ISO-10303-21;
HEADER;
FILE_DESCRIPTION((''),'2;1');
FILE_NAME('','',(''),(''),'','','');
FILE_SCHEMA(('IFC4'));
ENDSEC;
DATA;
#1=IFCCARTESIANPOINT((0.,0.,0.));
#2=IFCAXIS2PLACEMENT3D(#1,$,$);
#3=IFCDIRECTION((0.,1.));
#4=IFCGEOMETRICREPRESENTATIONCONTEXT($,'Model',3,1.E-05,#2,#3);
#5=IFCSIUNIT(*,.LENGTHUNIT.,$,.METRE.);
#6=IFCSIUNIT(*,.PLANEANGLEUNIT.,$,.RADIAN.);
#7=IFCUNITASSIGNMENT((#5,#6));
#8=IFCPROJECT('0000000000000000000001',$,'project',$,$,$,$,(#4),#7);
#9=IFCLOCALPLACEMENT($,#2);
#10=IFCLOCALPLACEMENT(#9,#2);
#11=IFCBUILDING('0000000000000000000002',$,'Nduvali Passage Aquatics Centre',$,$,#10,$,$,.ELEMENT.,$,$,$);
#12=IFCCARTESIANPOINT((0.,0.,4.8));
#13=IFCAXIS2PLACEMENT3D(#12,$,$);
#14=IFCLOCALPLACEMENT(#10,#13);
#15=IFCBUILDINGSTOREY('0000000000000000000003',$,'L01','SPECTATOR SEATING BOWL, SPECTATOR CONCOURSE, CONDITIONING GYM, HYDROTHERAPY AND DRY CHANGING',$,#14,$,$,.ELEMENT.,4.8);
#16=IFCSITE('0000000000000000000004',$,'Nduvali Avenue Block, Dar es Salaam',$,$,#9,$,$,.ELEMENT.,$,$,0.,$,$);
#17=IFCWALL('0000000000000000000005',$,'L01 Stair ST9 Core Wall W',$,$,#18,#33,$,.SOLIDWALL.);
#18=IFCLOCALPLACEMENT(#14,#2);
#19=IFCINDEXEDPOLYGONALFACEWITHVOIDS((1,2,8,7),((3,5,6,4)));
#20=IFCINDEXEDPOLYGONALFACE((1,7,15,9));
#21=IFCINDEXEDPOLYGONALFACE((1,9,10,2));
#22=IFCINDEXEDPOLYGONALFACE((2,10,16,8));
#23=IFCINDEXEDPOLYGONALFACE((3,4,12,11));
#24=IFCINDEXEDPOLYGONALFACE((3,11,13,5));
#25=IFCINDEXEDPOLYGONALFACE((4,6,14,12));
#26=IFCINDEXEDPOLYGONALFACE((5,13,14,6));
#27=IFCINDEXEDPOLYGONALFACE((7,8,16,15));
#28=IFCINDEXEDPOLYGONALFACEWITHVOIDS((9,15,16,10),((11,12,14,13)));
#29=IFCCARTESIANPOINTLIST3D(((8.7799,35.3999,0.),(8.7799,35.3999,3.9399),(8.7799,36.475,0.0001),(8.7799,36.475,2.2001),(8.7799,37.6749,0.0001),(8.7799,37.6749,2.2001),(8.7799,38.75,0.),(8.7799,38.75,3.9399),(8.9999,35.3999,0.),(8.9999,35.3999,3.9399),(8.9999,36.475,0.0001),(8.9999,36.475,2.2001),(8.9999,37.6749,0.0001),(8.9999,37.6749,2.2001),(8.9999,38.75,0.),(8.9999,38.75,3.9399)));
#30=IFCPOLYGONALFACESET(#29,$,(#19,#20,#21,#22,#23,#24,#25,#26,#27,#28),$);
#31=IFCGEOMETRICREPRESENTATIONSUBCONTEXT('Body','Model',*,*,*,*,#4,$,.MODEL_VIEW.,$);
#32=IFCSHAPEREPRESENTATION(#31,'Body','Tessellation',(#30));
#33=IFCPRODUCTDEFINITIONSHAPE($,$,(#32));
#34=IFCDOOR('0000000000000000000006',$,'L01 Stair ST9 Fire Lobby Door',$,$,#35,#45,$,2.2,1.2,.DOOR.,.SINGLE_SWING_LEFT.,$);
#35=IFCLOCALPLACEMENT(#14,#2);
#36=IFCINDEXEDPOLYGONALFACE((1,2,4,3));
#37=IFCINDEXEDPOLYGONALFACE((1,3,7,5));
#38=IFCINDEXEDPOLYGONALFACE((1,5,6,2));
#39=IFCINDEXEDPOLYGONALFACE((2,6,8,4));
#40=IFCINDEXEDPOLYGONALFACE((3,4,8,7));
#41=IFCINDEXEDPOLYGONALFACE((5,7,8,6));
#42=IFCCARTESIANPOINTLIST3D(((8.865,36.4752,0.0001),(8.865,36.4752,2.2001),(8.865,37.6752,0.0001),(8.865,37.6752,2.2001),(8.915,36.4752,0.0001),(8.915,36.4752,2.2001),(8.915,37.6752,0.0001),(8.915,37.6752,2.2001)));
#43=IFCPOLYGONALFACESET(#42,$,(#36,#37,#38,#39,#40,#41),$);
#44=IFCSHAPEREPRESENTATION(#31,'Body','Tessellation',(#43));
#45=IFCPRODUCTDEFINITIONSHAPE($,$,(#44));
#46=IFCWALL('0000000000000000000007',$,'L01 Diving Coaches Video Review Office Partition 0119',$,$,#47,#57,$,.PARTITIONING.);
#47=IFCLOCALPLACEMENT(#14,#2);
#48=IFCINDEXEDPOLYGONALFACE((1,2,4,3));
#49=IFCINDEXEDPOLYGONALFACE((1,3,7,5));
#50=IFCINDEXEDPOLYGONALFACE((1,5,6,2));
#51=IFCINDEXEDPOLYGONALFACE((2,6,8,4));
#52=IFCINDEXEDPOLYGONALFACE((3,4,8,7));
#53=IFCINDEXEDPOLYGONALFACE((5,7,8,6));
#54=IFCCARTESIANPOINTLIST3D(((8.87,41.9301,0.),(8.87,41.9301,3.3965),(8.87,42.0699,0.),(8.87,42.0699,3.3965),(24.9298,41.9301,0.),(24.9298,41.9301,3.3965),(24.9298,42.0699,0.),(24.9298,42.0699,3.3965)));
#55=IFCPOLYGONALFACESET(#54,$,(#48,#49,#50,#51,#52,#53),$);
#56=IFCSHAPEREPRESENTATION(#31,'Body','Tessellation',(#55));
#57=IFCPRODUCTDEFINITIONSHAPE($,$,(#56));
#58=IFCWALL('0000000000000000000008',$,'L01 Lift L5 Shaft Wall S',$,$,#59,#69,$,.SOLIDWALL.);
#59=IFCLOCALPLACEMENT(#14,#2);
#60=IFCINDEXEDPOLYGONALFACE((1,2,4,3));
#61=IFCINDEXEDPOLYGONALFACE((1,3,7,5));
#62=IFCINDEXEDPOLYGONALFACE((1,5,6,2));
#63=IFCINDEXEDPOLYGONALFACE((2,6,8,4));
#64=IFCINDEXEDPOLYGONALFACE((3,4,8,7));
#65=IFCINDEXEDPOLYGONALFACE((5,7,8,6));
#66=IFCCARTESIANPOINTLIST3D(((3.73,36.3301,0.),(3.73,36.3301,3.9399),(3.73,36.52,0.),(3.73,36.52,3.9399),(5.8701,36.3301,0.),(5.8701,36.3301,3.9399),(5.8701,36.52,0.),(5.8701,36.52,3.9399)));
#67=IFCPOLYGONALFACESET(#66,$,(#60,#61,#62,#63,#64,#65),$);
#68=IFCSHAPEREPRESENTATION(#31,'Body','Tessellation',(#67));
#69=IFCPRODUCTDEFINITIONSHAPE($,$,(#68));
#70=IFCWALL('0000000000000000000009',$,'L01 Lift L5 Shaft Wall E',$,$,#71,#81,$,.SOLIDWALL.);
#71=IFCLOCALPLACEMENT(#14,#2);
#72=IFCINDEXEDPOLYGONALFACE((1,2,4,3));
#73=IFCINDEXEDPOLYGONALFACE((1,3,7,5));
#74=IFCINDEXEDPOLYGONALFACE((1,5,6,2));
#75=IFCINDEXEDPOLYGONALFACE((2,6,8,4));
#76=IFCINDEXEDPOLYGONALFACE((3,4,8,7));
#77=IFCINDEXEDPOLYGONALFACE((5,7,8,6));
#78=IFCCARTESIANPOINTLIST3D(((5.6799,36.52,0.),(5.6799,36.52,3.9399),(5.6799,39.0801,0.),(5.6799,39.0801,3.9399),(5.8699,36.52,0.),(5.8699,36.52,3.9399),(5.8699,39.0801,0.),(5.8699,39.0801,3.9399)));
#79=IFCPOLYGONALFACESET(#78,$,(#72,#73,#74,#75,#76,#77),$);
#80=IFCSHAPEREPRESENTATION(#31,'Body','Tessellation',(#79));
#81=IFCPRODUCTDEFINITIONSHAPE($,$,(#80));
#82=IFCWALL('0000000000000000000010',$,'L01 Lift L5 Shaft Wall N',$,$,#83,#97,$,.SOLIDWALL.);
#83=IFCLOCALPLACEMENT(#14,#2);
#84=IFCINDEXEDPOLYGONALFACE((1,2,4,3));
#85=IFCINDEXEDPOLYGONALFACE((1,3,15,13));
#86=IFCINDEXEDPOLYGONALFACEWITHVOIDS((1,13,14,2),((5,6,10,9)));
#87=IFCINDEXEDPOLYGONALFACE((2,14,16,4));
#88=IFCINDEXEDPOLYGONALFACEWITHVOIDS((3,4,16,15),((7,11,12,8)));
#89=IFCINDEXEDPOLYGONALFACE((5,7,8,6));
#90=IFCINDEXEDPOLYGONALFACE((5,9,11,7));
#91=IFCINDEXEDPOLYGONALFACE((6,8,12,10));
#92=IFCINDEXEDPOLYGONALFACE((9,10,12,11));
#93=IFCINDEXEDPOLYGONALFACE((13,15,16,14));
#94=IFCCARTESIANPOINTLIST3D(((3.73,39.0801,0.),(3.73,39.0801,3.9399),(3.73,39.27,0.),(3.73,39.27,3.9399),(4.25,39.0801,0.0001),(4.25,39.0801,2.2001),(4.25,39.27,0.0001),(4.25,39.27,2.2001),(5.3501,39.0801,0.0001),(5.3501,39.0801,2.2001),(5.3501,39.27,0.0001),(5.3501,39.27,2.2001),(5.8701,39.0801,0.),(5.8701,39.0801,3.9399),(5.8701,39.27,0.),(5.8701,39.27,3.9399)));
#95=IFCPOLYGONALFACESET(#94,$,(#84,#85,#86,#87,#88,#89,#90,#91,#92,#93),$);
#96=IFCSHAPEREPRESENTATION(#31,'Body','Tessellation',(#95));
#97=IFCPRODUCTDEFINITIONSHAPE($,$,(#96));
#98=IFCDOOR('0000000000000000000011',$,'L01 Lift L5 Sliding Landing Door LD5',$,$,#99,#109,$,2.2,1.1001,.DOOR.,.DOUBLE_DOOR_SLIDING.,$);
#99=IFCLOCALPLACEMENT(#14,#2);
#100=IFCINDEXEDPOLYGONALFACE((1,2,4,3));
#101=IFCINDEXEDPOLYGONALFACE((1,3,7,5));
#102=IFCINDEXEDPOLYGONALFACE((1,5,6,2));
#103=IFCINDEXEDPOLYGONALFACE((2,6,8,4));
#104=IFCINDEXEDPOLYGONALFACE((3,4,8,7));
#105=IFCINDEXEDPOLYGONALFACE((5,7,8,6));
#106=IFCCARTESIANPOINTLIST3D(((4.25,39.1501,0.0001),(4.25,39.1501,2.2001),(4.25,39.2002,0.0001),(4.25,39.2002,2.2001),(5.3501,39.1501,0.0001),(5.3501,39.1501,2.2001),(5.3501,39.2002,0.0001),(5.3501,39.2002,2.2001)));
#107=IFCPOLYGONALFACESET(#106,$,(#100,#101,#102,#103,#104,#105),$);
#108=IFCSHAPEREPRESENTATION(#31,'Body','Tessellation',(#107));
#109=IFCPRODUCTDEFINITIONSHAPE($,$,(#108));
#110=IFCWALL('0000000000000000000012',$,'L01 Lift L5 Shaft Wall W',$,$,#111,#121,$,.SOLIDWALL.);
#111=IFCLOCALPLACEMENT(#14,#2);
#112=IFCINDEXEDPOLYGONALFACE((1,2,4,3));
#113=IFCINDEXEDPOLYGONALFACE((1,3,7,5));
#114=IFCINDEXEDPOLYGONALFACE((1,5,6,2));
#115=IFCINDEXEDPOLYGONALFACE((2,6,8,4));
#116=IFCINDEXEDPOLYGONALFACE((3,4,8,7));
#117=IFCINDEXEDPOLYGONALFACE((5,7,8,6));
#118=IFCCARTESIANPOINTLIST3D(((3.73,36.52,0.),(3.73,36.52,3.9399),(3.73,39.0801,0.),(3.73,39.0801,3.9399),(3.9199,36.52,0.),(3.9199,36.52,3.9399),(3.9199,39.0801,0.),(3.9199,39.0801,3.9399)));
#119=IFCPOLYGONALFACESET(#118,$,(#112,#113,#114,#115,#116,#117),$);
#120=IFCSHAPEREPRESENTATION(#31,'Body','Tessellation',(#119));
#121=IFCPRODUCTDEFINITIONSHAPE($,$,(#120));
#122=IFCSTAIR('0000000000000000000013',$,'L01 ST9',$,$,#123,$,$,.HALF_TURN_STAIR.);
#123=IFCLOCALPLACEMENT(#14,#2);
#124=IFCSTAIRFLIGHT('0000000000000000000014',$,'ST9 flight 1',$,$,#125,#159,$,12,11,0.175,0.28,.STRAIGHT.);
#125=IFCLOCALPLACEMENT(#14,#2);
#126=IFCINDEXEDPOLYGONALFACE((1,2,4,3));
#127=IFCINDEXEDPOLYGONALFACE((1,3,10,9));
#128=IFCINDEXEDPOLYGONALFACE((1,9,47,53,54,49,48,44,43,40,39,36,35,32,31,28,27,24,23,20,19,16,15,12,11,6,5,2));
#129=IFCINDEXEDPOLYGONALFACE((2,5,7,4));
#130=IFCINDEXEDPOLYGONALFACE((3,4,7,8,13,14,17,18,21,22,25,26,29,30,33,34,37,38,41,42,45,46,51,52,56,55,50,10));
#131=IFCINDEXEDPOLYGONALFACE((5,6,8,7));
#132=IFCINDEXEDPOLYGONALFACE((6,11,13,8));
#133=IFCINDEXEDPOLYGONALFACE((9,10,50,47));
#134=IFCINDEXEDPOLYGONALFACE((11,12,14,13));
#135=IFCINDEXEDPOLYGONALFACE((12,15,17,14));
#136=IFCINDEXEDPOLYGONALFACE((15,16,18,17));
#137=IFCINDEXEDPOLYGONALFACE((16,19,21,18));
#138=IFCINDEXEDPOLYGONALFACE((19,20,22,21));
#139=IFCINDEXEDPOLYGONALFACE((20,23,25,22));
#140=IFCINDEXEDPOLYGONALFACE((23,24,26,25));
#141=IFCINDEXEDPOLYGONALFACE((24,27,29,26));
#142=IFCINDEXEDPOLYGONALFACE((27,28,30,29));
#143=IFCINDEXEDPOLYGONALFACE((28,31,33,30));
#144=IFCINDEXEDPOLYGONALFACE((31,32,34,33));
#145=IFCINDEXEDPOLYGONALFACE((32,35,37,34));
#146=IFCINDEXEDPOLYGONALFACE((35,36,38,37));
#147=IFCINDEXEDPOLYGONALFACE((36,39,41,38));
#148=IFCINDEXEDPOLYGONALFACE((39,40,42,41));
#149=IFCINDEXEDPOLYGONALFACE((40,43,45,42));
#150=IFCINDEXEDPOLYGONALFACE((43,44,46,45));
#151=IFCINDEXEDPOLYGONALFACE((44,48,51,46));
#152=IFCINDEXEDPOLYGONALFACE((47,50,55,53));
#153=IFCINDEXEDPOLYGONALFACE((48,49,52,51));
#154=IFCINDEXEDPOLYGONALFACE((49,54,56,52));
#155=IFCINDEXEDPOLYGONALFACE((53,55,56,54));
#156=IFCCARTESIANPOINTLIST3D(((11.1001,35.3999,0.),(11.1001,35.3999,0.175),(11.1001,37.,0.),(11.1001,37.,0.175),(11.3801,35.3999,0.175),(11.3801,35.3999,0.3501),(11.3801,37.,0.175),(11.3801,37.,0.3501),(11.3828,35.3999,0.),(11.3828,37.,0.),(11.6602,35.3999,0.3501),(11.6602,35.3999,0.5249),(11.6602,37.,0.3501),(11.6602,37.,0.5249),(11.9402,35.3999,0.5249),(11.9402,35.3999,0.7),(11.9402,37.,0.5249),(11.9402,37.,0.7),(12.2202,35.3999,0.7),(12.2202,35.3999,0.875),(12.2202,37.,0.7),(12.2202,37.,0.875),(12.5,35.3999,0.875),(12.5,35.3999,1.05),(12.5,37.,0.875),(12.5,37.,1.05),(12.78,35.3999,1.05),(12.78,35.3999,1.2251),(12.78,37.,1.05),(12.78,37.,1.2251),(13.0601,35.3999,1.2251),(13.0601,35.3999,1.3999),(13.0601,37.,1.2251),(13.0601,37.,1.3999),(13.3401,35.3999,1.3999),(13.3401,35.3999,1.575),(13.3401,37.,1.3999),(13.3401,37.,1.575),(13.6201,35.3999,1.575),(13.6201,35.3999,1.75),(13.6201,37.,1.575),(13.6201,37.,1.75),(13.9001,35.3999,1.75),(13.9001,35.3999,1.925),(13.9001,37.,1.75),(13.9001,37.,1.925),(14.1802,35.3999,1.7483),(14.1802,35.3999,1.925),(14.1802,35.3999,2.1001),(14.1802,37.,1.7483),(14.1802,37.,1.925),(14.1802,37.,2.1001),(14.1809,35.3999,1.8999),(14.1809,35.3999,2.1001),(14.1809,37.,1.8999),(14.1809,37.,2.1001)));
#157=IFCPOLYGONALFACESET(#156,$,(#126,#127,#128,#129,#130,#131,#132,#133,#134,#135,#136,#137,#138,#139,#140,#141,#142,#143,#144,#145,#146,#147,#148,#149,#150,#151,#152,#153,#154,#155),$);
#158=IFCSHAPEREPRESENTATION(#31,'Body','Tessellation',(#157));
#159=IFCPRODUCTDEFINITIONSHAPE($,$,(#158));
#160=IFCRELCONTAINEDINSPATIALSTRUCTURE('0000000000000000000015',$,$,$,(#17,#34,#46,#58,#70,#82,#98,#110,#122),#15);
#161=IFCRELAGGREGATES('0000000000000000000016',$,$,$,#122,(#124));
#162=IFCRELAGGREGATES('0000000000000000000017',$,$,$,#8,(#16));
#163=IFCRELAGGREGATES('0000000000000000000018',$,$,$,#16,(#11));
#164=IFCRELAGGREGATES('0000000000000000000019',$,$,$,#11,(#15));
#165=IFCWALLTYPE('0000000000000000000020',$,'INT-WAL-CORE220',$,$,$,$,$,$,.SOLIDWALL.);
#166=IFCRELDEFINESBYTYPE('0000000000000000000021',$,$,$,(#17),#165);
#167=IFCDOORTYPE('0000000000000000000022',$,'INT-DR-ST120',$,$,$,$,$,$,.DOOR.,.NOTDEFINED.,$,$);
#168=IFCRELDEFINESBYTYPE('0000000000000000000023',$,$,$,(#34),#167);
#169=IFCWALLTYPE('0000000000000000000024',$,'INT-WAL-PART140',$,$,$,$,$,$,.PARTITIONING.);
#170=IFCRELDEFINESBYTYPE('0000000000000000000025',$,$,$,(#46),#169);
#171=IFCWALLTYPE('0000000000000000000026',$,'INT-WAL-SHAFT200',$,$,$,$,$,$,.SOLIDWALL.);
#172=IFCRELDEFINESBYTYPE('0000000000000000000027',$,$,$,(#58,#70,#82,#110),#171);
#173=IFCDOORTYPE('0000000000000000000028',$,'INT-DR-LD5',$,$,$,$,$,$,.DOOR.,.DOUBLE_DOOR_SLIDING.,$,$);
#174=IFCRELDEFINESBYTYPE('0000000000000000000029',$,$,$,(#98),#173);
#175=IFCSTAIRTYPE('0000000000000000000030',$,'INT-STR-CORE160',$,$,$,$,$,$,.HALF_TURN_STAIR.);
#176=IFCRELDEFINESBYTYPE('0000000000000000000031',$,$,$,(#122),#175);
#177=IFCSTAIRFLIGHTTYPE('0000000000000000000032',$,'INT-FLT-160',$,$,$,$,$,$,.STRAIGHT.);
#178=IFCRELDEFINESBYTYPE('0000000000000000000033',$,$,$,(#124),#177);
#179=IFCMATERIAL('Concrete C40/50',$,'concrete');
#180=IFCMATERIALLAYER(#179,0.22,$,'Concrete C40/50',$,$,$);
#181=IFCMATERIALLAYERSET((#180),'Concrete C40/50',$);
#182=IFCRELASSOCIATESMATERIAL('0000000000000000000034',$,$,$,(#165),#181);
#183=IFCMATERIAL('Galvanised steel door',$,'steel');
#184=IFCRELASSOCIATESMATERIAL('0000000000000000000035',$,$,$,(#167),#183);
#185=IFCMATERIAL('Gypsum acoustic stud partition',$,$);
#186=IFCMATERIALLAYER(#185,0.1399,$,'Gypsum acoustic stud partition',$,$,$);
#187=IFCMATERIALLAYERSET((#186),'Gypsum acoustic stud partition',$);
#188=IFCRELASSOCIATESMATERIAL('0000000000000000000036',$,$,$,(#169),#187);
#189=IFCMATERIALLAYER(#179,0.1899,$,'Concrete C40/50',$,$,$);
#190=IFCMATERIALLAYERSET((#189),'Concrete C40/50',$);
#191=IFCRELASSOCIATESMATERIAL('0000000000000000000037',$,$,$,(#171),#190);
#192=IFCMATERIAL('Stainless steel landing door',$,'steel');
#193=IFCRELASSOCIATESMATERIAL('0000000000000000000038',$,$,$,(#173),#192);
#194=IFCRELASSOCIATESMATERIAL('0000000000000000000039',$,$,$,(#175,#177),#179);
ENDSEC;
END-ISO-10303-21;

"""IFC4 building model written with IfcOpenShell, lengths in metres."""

from ifc_helpers import new_model, si_unit, direction, frame, frame_2d, origin, place, context, subcontext, project, spatial, polyline, rectangle, outline, extrude, material, layer, layer_set, type_object, element, fill, aggregate, save


model = new_model("IFC4")

# Units and contexts
model_context = context("Model", 3, precision=1e-05, world=origin(), true_north=direction((0.0, 1.0)))
body_context = subcontext(model_context, "Body", "Model", "MODEL_VIEW")
ifc_project = project(units=[si_unit("LENGTHUNIT", "METRE"), si_unit("PLANEANGLEUNIT", "RADIAN")], contexts=[model_context])

# Site, building, storey
site_placement = place(None, origin())
site = spatial("IfcSite", under=ifc_project, at=site_placement, Name="Nduvali Avenue Block, Dar es Salaam", CompositionType="ELEMENT", RefElevation=0.0)
building_placement = place(site_placement, origin())
building = spatial("IfcBuilding", under=site, at=building_placement, Name="Nduvali Passage Aquatics Centre", CompositionType="ELEMENT")
storey_placement = place(building_placement, frame((0.0, 0.0, 4.8)))
storey = spatial("IfcBuildingStorey", under=building, at=storey_placement, Name="L01", Description="SPECTATOR SEATING BOWL, SPECTATOR CONCOURSE, CONDITIONING GYM, HYDROTHERAPY AND DRY CHANGING", CompositionType="ELEMENT", Elevation=4.8)

# Shared definitions
ifc_material_1 = material(Name="Concrete C40/50", Category="concrete")

# Shared definitions
ifc_layer_1 = layer(ifc_material_1, 0.22, Name="Concrete C40/50")
ifc_layer_set_1 = layer_set([ifc_layer_1], Name="Concrete C40/50")
wall_type_1 = type_object("IfcWallType", Name="INT-WAL-CORE220", PredefinedType="SOLIDWALL", material=ifc_layer_set_1)

# Wall, opening, door
wall_1_placement = place(storey_placement, frame((8.8899, 38.75, 0.0), z_axis=(0.0, 0.0, 1.0), x_axis=(0.0, -1.0, 0.0)))
wall_1 = element("IfcWall", 1, at=wall_1_placement, inside=storey, type_object=wall_type_1, Name="L01 Stair ST9 Core Wall W", PredefinedType="SOLIDWALL", context=body_context, shape_type="SweptSolid", body=[
    extrude(rectangle(XDim=3.3501, YDim=0.22, at=frame_2d((1.675, 0.0))), origin(), (0.0, 0.0, 1.0), 3.9399),
])
opening_1_placement = place(wall_1_placement, frame((1.075, 0.0, 0.0)))
opening_1 = element("IfcOpeningElement", 2, at=opening_1_placement, cuts=wall_1, PredefinedType="OPENING", context=body_context, shape_type="SweptSolid", body=[
    extrude(rectangle(XDim=1.2, YDim=2.2, at=frame_2d((0.6001, 1.1001))), frame((0.0, 0.125, 0.0), z_axis=(0.0, -1.0, 0.0), x_axis=(1.0, 0.0, 0.0)), (0.0, 0.0, 1.0), 0.2498),
])
ifc_material_2 = material(Name="Galvanised steel door", Category="steel")
door_type_1 = type_object("IfcDoorType", Name="INT-DR-ST120", OperationType="NOTDEFINED", PredefinedType="DOOR", material=ifc_material_2)
door_1_placement = place(opening_1_placement, frame((1.2, 0.0, 0.0), z_axis=(0.0, 0.0, 1.0), x_axis=(-1.0, 0.0, 0.0)))
door_1 = element("IfcDoor", 3, at=door_1_placement, inside=storey, type_object=door_type_1, Name="L01 Stair ST9 Fire Lobby Door", OperationType="SINGLE_SWING_LEFT", OverallHeight=2.2, OverallWidth=1.2, PredefinedType="DOOR", context=body_context, shape_type="SweptSolid", body=[
    extrude(rectangle(XDim=1.2, YDim=2.2, at=frame_2d((0.6001, 1.1001))), frame((0.0, 0.0249, 0.0), z_axis=(0.0, -1.0, 0.0), x_axis=(1.0, 0.0, 0.0)), (0.0, 0.0, 1.0), 0.05),
])
fill(opening_1, door_1)
ifc_material_3 = material(Name="Gypsum acoustic stud partition")
ifc_layer_2 = layer(ifc_material_3, 0.1399, Name="Gypsum acoustic stud partition")
ifc_layer_set_2 = layer_set([ifc_layer_2], Name="Gypsum acoustic stud partition")
wall_type_2 = type_object("IfcWallType", Name="INT-WAL-PART140", PredefinedType="PARTITIONING", material=ifc_layer_set_2)

# Walls
wall_2_placement = place(storey_placement, frame((8.8701, 42.0, 0.0), z_axis=(0.0, 0.0, 1.0), x_axis=(1.0, 0.0, 0.0)))
element("IfcWall", 4, at=wall_2_placement, inside=storey, type_object=wall_type_2, Name="L01 Diving Coaches Video Review Office Partition 0119", PredefinedType="PARTITIONING", context=body_context, shape_type="SweptSolid", body=[
    extrude(rectangle(XDim=16.0598, YDim=0.1399, at=frame_2d((8.0298, 0.0))), origin(), (0.0, 0.0, 1.0), 3.3965),
])
ifc_layer_3 = layer(ifc_material_1, 0.1899, Name="Concrete C40/50")
ifc_layer_set_3 = layer_set([ifc_layer_3], Name="Concrete C40/50")
wall_type_3 = type_object("IfcWallType", Name="INT-WAL-SHAFT200", PredefinedType="SOLIDWALL", material=ifc_layer_set_3)
wall_3_placement = place(storey_placement, frame((3.73, 36.425, 0.0), z_axis=(0.0, 0.0, 1.0), x_axis=(1.0, 0.0, 0.0)))
element("IfcWall", 5, at=wall_3_placement, inside=storey, type_object=wall_type_3, Name="L01 Lift L5 Shaft Wall S", PredefinedType="SOLIDWALL", context=body_context, shape_type="SweptSolid", body=[
    extrude(rectangle(XDim=2.1401, YDim=0.1899, at=frame_2d((1.0701, 0.0))), origin(), (0.0, 0.0, 1.0), 3.9399),
])
wall_4_placement = place(storey_placement, frame((5.7749, 36.52, 0.0), z_axis=(0.0, 0.0, 1.0), x_axis=(0.0, 1.0, 0.0)))
element("IfcWall", 6, at=wall_4_placement, inside=storey, type_object=wall_type_3, Name="L01 Lift L5 Shaft Wall E", PredefinedType="SOLIDWALL", context=body_context, shape_type="SweptSolid", body=[
    extrude(rectangle(XDim=2.5601, YDim=0.1899, at=frame_2d((1.28, 0.0))), origin(), (0.0, 0.0, 1.0), 3.9399),
])

# Wall, opening, door
wall_5_placement = place(storey_placement, frame((5.8701, 39.175, 0.0), z_axis=(0.0, 0.0, 1.0), x_axis=(-1.0, 0.0, 0.0)))
wall_5 = element("IfcWall", 7, at=wall_5_placement, inside=storey, type_object=wall_type_3, Name="L01 Lift L5 Shaft Wall N", PredefinedType="SOLIDWALL", context=body_context, shape_type="SweptSolid", body=[
    extrude(rectangle(XDim=2.1401, YDim=0.1899, at=frame_2d((1.0701, 0.0))), origin(), (0.0, 0.0, 1.0), 3.9399),
])
opening_2_placement = place(wall_5_placement, frame((0.52, 0.0, 0.0)))
opening_2 = element("IfcOpeningElement", 8, at=opening_2_placement, cuts=wall_5, PredefinedType="OPENING", context=body_context, shape_type="SweptSolid", body=[
    extrude(rectangle(XDim=1.1001, YDim=2.2, at=frame_2d((0.55, 1.1001))), frame((0.0, 0.1099, 0.0), z_axis=(0.0, -1.0, 0.0), x_axis=(1.0, 0.0, 0.0)), (0.0, 0.0, 1.0), 0.2197),
])
ifc_material_4 = material(Name="Stainless steel landing door", Category="steel")
door_type_2 = type_object("IfcDoorType", Name="INT-DR-LD5", OperationType="DOUBLE_DOOR_SLIDING", PredefinedType="DOOR", material=ifc_material_4)
door_2_placement = place(opening_2_placement, origin())
door_2 = element("IfcDoor", 9, at=door_2_placement, inside=storey, type_object=door_type_2, Name="L01 Lift L5 Sliding Landing Door LD5", OperationType="DOUBLE_DOOR_SLIDING", OverallHeight=2.2, OverallWidth=1.1001, PredefinedType="DOOR", context=body_context, shape_type="SweptSolid", body=[
    extrude(rectangle(XDim=1.1001, YDim=2.2, at=frame_2d((0.55, 1.1001))), frame((0.0, 0.0249, 0.0), z_axis=(0.0, -1.0, 0.0), x_axis=(1.0, 0.0, 0.0)), (0.0, 0.0, 1.0), 0.05),
])
fill(opening_2, door_2)

# Wall
wall_6_placement = place(storey_placement, frame((3.825, 39.0801, 0.0), z_axis=(0.0, 0.0, 1.0), x_axis=(0.0, -1.0, 0.0)))
element("IfcWall", 10, at=wall_6_placement, inside=storey, type_object=wall_type_3, Name="L01 Lift L5 Shaft Wall W", PredefinedType="SOLIDWALL", context=body_context, shape_type="SweptSolid", body=[
    extrude(rectangle(XDim=2.5601, YDim=0.1899, at=frame_2d((1.28, 0.0))), origin(), (0.0, 0.0, 1.0), 3.9399),
])

# Stair, stair flight
stair_type = type_object("IfcStairType", Name="INT-STR-CORE160", PredefinedType="HALF_TURN_STAIR", material=ifc_material_1)
stair_placement = place(storey_placement, origin())
stair = element("IfcStair", 11, at=stair_placement, inside=storey, type_object=stair_type, Name="L01 ST9", PredefinedType="HALF_TURN_STAIR")
stair_flight_type = type_object("IfcStairFlightType", Name="INT-FLT-160", PredefinedType="STRAIGHT", material=ifc_material_1)
stair_flight_placement = place(storey_placement, frame((11.1001, 36.2, 0.0), z_axis=(0.0, 0.0, 1.0), x_axis=(1.0, 0.0, 0.0)))
stair_flight = element("IfcStairFlight", 12, at=stair_flight_placement, type_object=stair_flight_type, Name="ST9 flight 1", NumberOfRisers=12, NumberOfTreads=11, PredefinedType="STRAIGHT", RiserHeight=0.175, TreadLength=0.28, context=body_context, shape_type="SweptSolid", body=[
    extrude(outline(polyline([(0.0, 0.0), (0.0, 0.175), (0.28, 0.175), (0.28, 0.3501), (0.5601, 0.3501), (0.5601, 0.5249), (0.8401, 0.5249), (0.8401, 0.7), (1.1201, 0.7), (1.1201, 0.875), (1.3999, 0.875), (1.3999, 1.05), (1.6799, 1.05), (1.6799, 1.2251), (1.96, 1.2251), (1.96, 1.3999), (2.24, 1.3999), (2.24, 1.575), (2.52, 1.575), (2.52, 1.75), (2.8, 1.75), (2.8, 1.925), (3.0801, 1.925), (3.0801, 2.1001), (3.0808, 2.1001), (3.0808, 1.8999), (3.0801, 1.7483), (0.2827, 0.0), (0.0, 0.0)])), frame((0.0, 0.8, 0.0), z_axis=(0.0, -1.0, 0.0), x_axis=(1.0, 0.0, 0.0)), (0.0, 0.0, 1.0), 1.6001),
])
aggregate(stair, [stair_flight])

save(model, "model.ifc")
